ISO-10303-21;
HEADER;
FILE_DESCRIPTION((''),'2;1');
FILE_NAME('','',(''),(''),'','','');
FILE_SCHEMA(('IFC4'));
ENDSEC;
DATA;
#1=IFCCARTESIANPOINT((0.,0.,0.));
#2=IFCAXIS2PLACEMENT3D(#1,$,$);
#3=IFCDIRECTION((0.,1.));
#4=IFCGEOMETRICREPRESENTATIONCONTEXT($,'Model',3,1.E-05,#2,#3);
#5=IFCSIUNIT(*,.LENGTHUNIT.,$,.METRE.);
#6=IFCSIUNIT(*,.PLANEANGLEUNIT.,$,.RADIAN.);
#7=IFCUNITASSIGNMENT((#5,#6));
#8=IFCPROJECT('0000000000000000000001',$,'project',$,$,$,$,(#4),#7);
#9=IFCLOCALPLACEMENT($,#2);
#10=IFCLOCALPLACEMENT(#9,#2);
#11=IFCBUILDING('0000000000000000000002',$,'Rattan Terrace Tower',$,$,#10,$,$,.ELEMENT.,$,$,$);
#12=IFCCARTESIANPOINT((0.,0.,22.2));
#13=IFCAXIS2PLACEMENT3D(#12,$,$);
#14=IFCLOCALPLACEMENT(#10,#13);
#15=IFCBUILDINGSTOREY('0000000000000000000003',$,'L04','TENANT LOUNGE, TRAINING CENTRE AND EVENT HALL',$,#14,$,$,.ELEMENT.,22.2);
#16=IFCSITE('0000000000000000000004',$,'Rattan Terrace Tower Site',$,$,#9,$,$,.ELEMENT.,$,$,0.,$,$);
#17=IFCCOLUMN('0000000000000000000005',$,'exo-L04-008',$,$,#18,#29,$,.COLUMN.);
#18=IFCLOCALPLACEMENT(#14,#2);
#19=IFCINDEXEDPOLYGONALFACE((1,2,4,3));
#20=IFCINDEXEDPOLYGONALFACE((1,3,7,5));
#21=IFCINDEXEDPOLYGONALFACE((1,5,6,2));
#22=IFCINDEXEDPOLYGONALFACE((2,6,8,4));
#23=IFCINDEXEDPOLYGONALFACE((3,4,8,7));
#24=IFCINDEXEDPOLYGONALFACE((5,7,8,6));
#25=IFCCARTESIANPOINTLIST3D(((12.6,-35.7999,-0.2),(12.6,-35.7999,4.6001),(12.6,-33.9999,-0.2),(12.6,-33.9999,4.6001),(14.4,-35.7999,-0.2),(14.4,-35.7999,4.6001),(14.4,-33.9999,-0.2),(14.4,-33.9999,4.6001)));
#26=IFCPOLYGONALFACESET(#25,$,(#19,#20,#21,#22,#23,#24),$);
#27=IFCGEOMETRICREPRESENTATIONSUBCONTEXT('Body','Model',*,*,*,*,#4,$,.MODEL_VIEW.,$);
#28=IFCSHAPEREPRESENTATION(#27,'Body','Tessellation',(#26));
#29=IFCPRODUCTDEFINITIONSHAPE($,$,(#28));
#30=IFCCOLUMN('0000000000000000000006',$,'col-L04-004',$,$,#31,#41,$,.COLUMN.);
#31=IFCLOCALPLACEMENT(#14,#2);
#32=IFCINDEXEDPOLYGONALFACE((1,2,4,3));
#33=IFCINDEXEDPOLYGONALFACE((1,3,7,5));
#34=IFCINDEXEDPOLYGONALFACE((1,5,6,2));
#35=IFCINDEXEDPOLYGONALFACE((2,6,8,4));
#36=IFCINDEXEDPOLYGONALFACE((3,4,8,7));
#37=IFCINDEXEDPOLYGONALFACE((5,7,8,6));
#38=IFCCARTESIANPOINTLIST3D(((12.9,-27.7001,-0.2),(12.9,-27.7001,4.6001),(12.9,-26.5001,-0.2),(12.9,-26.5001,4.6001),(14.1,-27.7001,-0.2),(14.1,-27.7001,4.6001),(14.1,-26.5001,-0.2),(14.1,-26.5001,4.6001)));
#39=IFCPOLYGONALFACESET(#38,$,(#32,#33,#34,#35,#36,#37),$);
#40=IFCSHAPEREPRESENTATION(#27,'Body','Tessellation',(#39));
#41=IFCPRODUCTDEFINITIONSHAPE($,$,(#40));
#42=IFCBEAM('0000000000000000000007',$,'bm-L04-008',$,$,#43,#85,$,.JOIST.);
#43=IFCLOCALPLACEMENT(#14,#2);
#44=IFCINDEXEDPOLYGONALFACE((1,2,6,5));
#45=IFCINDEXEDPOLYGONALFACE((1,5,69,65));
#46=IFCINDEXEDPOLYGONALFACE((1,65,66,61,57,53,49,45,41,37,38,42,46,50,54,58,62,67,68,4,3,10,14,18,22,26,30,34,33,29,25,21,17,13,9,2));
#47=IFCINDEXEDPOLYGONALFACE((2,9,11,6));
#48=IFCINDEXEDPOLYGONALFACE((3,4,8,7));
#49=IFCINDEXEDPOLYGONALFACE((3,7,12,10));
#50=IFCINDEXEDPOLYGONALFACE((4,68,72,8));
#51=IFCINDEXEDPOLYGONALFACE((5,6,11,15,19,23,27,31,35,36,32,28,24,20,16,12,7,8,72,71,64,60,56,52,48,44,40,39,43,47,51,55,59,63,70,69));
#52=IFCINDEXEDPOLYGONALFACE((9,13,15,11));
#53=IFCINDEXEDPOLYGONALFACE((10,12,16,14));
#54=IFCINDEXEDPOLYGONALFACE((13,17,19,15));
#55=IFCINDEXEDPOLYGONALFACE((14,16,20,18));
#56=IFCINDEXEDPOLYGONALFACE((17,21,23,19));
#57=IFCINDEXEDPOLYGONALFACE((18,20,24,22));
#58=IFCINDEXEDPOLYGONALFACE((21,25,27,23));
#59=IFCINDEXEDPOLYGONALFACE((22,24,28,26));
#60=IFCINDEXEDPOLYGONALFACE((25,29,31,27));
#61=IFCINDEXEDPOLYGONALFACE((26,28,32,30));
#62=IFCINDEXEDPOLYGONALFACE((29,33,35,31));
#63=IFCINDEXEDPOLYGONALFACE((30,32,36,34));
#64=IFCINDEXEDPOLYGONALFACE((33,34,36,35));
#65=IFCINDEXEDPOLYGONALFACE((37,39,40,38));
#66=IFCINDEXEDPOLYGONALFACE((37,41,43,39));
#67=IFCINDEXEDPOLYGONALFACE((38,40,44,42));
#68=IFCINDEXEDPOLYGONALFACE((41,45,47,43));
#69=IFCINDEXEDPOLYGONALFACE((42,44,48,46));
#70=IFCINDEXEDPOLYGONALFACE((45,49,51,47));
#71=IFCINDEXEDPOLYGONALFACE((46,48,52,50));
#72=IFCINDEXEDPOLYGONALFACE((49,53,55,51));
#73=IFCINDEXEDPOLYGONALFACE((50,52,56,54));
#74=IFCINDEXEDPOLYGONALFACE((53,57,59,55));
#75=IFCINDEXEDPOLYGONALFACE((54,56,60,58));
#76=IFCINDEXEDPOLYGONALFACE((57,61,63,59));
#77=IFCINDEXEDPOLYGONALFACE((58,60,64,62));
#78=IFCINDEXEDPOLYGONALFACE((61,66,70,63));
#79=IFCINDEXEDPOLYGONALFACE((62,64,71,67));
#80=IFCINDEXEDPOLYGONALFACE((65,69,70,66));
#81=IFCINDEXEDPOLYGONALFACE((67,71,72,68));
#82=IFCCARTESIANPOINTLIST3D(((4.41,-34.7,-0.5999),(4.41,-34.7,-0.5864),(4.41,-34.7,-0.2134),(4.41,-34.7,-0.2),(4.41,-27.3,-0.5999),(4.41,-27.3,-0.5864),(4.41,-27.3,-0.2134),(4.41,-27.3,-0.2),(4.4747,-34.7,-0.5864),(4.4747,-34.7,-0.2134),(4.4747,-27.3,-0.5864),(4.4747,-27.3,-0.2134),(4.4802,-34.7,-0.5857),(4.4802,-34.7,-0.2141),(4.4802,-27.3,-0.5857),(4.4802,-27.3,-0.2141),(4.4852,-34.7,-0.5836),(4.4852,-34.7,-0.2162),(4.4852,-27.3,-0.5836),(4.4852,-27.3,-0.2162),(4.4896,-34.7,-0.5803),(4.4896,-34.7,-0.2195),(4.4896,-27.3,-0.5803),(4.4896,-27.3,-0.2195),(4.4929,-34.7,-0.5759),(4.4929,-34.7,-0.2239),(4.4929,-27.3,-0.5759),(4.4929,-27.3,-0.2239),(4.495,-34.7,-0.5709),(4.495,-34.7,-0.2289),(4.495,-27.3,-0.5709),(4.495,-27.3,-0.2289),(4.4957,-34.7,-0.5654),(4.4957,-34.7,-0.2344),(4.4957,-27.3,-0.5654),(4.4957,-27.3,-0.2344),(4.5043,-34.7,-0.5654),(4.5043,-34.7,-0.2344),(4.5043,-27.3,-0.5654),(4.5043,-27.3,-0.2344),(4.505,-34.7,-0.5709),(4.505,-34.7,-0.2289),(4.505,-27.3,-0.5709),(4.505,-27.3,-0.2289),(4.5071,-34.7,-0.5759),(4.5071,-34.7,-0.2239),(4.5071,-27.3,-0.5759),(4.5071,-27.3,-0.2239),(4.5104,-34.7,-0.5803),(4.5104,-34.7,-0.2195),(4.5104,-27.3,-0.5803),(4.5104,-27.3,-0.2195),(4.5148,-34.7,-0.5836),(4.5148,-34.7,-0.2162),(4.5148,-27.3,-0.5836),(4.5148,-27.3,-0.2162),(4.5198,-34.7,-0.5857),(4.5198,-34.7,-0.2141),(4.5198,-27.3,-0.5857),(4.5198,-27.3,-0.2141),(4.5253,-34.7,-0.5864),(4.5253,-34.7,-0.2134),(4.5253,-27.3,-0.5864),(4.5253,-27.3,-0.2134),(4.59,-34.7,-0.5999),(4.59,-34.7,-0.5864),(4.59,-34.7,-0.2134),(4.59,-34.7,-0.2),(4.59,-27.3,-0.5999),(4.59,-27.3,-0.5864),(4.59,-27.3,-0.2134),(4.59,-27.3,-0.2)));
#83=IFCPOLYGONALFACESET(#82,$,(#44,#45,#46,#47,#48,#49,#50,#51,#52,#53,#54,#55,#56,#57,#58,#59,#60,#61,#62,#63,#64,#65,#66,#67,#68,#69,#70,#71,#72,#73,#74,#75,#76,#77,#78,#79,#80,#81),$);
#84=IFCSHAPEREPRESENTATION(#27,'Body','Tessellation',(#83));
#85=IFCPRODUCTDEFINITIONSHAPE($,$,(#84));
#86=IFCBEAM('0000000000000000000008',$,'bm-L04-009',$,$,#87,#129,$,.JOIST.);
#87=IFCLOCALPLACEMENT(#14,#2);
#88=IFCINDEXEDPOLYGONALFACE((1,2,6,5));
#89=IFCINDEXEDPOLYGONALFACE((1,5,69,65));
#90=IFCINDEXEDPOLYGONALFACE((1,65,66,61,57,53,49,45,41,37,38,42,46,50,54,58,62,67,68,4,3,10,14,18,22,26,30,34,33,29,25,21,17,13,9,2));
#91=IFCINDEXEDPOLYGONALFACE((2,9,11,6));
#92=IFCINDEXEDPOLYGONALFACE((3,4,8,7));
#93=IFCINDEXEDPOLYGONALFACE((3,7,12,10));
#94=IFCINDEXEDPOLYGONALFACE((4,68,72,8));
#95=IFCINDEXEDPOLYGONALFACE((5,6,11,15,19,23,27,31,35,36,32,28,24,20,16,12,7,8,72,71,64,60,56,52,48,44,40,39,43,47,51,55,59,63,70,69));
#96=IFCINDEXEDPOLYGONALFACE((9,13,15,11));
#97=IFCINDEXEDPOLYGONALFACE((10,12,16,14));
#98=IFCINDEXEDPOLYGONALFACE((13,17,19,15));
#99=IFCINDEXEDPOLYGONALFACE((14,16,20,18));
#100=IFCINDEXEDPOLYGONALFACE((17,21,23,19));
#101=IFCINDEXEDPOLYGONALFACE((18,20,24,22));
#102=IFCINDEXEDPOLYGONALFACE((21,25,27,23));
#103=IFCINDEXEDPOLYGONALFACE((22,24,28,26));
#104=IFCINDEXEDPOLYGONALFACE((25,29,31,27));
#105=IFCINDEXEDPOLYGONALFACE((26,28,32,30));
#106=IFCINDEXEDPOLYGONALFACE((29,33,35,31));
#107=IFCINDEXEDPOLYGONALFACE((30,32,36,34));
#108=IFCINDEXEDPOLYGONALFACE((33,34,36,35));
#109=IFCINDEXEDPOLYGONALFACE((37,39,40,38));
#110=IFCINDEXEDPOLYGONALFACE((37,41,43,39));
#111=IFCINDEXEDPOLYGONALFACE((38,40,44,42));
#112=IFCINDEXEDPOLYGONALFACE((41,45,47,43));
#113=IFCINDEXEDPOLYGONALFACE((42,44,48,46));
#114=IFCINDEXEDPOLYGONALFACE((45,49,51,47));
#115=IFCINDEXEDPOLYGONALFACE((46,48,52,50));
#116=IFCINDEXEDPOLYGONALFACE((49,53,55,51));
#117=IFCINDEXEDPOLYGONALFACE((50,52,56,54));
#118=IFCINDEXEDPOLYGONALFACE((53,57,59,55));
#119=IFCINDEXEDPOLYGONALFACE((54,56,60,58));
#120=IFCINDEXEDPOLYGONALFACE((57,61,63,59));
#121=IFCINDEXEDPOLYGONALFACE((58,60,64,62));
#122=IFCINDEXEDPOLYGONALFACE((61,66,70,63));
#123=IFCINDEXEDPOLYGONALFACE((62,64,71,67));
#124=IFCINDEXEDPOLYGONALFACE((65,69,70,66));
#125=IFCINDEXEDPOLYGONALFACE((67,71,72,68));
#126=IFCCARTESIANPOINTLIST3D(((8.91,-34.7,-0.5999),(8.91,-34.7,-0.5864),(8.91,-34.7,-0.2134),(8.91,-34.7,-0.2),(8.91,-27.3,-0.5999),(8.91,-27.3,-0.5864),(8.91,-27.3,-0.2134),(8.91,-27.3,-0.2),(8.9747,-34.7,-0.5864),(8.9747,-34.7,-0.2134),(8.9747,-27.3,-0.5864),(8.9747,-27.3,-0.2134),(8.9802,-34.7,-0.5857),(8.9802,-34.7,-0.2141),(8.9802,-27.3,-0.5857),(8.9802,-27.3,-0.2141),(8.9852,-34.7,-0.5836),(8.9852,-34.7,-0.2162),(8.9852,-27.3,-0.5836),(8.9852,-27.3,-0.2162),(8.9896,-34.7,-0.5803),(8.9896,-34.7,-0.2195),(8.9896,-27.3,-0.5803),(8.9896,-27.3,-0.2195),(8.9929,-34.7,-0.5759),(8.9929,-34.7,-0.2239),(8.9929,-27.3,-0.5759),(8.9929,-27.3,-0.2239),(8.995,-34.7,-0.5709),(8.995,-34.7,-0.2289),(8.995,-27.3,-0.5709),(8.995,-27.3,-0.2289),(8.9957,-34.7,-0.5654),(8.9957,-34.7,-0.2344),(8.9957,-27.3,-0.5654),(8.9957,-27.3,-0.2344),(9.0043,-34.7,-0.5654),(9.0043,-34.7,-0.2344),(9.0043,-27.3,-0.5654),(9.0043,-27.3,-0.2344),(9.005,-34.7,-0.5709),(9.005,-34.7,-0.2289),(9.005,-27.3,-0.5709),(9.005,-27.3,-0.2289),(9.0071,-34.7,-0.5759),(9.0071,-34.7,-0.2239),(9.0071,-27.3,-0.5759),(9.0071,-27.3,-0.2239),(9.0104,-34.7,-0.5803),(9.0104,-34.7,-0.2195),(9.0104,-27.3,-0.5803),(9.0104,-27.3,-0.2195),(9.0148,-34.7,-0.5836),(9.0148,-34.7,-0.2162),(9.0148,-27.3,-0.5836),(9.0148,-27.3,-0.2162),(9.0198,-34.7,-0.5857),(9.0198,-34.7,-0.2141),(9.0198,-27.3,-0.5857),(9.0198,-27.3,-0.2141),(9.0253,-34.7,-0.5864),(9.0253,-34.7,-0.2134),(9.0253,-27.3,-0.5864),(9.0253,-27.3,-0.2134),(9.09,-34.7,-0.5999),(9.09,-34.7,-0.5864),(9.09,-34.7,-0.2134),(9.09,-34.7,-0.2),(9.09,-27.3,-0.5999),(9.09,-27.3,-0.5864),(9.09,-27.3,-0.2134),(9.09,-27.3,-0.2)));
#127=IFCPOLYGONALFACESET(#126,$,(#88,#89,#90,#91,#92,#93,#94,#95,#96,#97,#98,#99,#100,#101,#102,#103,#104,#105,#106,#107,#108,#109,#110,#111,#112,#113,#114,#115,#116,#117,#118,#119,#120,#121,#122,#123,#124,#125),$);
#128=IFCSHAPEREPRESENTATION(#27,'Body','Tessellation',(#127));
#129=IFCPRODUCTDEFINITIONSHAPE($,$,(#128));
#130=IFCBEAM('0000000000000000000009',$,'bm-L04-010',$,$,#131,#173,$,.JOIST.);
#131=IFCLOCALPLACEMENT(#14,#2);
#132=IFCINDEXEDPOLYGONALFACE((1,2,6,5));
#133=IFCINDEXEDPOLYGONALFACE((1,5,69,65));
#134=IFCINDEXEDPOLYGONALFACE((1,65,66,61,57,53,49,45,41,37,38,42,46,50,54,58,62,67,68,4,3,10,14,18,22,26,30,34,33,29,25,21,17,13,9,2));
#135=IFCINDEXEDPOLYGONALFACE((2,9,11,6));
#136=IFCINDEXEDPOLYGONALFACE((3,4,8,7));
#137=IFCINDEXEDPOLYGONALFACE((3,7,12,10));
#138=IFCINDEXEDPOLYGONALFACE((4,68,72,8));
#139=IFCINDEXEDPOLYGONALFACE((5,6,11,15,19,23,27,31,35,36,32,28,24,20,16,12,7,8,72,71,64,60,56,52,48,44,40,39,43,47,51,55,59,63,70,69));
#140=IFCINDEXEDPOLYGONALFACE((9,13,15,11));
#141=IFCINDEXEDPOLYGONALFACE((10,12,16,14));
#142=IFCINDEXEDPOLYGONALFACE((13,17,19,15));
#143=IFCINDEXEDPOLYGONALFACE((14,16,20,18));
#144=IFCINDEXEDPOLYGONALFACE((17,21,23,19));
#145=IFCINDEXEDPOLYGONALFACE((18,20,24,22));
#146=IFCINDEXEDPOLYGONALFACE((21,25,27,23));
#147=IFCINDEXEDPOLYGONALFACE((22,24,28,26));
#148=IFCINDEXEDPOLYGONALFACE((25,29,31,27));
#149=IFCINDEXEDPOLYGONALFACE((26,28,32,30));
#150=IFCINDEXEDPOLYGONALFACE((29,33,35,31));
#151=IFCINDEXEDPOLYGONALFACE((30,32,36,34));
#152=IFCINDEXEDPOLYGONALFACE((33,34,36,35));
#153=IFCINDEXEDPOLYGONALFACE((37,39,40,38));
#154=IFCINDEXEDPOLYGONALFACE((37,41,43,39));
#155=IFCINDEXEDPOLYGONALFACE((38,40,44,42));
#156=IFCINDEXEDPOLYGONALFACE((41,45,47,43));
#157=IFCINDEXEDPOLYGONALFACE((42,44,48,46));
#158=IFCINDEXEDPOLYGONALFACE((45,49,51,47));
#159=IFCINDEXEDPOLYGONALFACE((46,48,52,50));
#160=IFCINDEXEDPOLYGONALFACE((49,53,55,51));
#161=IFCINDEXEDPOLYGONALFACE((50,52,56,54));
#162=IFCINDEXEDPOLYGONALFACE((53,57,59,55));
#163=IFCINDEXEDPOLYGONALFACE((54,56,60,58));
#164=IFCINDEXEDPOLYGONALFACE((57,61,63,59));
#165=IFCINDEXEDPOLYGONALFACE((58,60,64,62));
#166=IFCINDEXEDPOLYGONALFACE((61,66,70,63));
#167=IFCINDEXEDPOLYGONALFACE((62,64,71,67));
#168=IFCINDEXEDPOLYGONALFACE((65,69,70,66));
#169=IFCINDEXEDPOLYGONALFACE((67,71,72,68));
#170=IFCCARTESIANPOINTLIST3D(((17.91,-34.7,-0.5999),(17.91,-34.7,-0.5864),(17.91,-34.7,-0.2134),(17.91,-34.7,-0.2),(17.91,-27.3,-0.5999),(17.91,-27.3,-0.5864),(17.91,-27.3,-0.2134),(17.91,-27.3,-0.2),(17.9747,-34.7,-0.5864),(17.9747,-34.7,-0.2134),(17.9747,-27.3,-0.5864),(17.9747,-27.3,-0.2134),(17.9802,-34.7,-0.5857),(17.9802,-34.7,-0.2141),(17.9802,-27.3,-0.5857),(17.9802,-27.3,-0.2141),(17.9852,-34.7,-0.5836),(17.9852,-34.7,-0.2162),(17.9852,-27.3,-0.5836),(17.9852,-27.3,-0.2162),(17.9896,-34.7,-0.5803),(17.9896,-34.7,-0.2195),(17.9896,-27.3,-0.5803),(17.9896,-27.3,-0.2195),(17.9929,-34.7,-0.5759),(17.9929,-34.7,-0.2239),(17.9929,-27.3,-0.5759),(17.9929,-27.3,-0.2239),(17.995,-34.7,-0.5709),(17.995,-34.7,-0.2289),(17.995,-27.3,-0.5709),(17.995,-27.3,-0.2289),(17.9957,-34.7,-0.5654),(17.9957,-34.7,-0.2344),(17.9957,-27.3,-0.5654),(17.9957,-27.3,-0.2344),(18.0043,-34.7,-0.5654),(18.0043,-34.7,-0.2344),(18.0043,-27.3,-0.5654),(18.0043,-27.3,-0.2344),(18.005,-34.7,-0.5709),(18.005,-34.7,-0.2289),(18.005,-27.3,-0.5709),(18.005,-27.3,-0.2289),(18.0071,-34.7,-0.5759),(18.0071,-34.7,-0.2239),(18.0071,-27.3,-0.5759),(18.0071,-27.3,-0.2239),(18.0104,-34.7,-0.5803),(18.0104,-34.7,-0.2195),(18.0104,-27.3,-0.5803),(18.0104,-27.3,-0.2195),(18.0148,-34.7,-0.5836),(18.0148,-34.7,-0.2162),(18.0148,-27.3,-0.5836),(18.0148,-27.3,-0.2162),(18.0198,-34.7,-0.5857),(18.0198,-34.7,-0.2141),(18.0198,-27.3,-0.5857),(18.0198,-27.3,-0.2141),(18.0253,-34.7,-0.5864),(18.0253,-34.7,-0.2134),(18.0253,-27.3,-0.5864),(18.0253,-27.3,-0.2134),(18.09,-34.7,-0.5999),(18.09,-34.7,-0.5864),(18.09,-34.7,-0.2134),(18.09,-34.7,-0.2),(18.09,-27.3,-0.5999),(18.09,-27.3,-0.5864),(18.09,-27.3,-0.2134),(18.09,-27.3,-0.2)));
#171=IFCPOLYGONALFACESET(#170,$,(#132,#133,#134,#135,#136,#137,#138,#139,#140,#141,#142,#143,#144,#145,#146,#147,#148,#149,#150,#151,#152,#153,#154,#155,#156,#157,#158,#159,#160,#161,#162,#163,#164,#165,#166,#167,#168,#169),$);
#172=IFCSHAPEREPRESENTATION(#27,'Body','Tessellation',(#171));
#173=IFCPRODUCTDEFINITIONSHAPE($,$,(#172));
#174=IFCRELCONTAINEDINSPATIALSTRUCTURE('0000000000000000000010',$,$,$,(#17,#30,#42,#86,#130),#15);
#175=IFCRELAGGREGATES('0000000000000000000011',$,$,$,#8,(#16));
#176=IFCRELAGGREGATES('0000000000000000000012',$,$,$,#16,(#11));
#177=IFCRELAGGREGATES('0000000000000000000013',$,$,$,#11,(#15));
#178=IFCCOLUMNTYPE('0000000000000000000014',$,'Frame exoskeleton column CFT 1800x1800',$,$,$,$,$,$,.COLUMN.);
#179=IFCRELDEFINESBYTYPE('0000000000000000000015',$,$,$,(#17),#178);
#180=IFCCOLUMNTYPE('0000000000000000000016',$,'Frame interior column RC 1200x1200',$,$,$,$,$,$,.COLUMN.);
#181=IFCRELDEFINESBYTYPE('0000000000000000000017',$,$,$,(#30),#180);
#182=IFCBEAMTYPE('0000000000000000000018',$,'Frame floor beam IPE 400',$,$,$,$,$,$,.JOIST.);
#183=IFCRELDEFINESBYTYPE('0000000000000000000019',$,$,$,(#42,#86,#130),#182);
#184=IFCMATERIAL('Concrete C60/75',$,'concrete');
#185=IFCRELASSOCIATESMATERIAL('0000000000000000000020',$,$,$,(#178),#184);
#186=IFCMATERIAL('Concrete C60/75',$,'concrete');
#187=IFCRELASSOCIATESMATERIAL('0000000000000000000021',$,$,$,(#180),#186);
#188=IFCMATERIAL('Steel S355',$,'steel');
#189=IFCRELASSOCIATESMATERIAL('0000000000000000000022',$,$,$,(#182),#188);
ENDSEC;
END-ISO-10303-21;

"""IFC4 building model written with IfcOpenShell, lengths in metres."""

from ifc_helpers import new_model, si_unit, direction, frame, origin, origin_2d, place, context, subcontext, project, spatial, rectangle, i_section, extrude, material, material_profile, profile_set, type_object, element, save


model = new_model("IFC4")

# Units and contexts
model_context = context("Model", 3, precision=1e-05, world=origin(), true_north=direction((0.0, 1.0)))
body_context = subcontext(model_context, "Body", "Model", "MODEL_VIEW")
ifc_project = project(units=[si_unit("LENGTHUNIT", "METRE"), si_unit("PLANEANGLEUNIT", "RADIAN")], contexts=[model_context])

# Site, building, storey
site_placement = place(None, origin())
site = spatial("IfcSite", under=ifc_project, at=site_placement, Name="Rattan Terrace Tower Site", CompositionType="ELEMENT", RefElevation=0.0)
building_placement = place(site_placement, origin())
building = spatial("IfcBuilding", under=site, at=building_placement, Name="Rattan Terrace Tower", CompositionType="ELEMENT")
storey_placement = place(building_placement, frame((0.0, 0.0, 22.2)))
storey = spatial("IfcBuildingStorey", under=building, at=storey_placement, Name="L04", Description="TENANT LOUNGE, TRAINING CENTRE AND EVENT HALL", CompositionType="ELEMENT", Elevation=22.2)

# Columns
ifc_material_1 = material(Name="Concrete C60/75", Category="concrete")
ifc_material_profile_1 = material_profile(ifc_material_1, rectangle(XDim=1.8, YDim=1.8, at=origin_2d()), Name="CFT 1800x1800")
ifc_profile_set_1 = profile_set([ifc_material_profile_1], Name="Concrete C60/75")
column_type_1 = type_object("IfcColumnType", Name="Frame exoskeleton column CFT 1800x1800", PredefinedType="COLUMN", material=ifc_profile_set_1)
column_1_placement = place(storey_placement, frame((13.5, -34.8999, -0.2), z_axis=(0.0, 0.0, 1.0), x_axis=(1.0, 0.0, 0.0)))
element("IfcColumn", 1, at=column_1_placement, inside=storey, type_object=column_type_1, Name="exo-L04-008", PredefinedType="COLUMN", context=body_context, shape_type="SweptSolid", body=[
    extrude(rectangle(XDim=1.8, YDim=1.8, at=origin_2d()), origin(), (0.0, 0.0, 1.0), 4.8),
])
ifc_material_2 = material(Name="Concrete C60/75", Category="concrete")
ifc_material_profile_2 = material_profile(ifc_material_2, rectangle(XDim=1.2, YDim=1.2, at=origin_2d()), Name="RC 1200x1200")
ifc_profile_set_2 = profile_set([ifc_material_profile_2], Name="Concrete C60/75")
column_type_2 = type_object("IfcColumnType", Name="Frame interior column RC 1200x1200", PredefinedType="COLUMN", material=ifc_profile_set_2)
column_2_placement = place(storey_placement, frame((13.5, -27.1001, -0.2), z_axis=(0.0, 0.0, 1.0), x_axis=(1.0, 0.0, 0.0)))
element("IfcColumn", 2, at=column_2_placement, inside=storey, type_object=column_type_2, Name="col-L04-004", PredefinedType="COLUMN", context=body_context, shape_type="SweptSolid", body=[
    extrude(rectangle(XDim=1.2, YDim=1.2, at=origin_2d()), origin(), (0.0, 0.0, 1.0), 4.8),
])

# Beams
ifc_material_3 = material(Name="Steel S355", Category="steel")
ifc_material_profile_3 = material_profile(ifc_material_3, i_section(OverallWidth=0.1799, OverallDepth=0.3999, WebThickness=0.0085, FlangeThickness=0.0134, FilletRadius=0.021, at=origin_2d()), Name="IPE 400")
ifc_profile_set_3 = profile_set([ifc_material_profile_3], Name="Steel S355")
beam_type_1 = type_object("IfcBeamType", Name="Frame floor beam IPE 400", PredefinedType="JOIST", material=ifc_profile_set_3)
for number, where, z_axis, x_axis, name in (
    (3, (4.5, -34.7, -0.3999), (0.0, 1.0, 0.0), (-1.0, 0.0, 0.0), "bm-L04-008"),
    (4, (9.0, -34.7, -0.3999), (0.0, 1.0, 0.0), (-1.0, 0.0, 0.0), "bm-L04-009"),
    (5, (18.0, -34.7, -0.3999), (0.0, 1.0, 0.0), (-1.0, 0.0, 0.0), "bm-L04-010"),
):
    element("IfcBeam", number, at=place(storey_placement, frame(where, z_axis=z_axis, x_axis=x_axis)), inside=storey, type_object=beam_type_1, Name=name, PredefinedType="JOIST", context=body_context, shape_type="SweptSolid", body=[
        extrude(i_section(OverallWidth=0.1799, OverallDepth=0.3999, WebThickness=0.0085, FlangeThickness=0.0134, FilletRadius=0.021, at=origin_2d()), origin(), (0.0, 0.0, 1.0), 7.3999),
    ])

save(model, "model.ifc")
